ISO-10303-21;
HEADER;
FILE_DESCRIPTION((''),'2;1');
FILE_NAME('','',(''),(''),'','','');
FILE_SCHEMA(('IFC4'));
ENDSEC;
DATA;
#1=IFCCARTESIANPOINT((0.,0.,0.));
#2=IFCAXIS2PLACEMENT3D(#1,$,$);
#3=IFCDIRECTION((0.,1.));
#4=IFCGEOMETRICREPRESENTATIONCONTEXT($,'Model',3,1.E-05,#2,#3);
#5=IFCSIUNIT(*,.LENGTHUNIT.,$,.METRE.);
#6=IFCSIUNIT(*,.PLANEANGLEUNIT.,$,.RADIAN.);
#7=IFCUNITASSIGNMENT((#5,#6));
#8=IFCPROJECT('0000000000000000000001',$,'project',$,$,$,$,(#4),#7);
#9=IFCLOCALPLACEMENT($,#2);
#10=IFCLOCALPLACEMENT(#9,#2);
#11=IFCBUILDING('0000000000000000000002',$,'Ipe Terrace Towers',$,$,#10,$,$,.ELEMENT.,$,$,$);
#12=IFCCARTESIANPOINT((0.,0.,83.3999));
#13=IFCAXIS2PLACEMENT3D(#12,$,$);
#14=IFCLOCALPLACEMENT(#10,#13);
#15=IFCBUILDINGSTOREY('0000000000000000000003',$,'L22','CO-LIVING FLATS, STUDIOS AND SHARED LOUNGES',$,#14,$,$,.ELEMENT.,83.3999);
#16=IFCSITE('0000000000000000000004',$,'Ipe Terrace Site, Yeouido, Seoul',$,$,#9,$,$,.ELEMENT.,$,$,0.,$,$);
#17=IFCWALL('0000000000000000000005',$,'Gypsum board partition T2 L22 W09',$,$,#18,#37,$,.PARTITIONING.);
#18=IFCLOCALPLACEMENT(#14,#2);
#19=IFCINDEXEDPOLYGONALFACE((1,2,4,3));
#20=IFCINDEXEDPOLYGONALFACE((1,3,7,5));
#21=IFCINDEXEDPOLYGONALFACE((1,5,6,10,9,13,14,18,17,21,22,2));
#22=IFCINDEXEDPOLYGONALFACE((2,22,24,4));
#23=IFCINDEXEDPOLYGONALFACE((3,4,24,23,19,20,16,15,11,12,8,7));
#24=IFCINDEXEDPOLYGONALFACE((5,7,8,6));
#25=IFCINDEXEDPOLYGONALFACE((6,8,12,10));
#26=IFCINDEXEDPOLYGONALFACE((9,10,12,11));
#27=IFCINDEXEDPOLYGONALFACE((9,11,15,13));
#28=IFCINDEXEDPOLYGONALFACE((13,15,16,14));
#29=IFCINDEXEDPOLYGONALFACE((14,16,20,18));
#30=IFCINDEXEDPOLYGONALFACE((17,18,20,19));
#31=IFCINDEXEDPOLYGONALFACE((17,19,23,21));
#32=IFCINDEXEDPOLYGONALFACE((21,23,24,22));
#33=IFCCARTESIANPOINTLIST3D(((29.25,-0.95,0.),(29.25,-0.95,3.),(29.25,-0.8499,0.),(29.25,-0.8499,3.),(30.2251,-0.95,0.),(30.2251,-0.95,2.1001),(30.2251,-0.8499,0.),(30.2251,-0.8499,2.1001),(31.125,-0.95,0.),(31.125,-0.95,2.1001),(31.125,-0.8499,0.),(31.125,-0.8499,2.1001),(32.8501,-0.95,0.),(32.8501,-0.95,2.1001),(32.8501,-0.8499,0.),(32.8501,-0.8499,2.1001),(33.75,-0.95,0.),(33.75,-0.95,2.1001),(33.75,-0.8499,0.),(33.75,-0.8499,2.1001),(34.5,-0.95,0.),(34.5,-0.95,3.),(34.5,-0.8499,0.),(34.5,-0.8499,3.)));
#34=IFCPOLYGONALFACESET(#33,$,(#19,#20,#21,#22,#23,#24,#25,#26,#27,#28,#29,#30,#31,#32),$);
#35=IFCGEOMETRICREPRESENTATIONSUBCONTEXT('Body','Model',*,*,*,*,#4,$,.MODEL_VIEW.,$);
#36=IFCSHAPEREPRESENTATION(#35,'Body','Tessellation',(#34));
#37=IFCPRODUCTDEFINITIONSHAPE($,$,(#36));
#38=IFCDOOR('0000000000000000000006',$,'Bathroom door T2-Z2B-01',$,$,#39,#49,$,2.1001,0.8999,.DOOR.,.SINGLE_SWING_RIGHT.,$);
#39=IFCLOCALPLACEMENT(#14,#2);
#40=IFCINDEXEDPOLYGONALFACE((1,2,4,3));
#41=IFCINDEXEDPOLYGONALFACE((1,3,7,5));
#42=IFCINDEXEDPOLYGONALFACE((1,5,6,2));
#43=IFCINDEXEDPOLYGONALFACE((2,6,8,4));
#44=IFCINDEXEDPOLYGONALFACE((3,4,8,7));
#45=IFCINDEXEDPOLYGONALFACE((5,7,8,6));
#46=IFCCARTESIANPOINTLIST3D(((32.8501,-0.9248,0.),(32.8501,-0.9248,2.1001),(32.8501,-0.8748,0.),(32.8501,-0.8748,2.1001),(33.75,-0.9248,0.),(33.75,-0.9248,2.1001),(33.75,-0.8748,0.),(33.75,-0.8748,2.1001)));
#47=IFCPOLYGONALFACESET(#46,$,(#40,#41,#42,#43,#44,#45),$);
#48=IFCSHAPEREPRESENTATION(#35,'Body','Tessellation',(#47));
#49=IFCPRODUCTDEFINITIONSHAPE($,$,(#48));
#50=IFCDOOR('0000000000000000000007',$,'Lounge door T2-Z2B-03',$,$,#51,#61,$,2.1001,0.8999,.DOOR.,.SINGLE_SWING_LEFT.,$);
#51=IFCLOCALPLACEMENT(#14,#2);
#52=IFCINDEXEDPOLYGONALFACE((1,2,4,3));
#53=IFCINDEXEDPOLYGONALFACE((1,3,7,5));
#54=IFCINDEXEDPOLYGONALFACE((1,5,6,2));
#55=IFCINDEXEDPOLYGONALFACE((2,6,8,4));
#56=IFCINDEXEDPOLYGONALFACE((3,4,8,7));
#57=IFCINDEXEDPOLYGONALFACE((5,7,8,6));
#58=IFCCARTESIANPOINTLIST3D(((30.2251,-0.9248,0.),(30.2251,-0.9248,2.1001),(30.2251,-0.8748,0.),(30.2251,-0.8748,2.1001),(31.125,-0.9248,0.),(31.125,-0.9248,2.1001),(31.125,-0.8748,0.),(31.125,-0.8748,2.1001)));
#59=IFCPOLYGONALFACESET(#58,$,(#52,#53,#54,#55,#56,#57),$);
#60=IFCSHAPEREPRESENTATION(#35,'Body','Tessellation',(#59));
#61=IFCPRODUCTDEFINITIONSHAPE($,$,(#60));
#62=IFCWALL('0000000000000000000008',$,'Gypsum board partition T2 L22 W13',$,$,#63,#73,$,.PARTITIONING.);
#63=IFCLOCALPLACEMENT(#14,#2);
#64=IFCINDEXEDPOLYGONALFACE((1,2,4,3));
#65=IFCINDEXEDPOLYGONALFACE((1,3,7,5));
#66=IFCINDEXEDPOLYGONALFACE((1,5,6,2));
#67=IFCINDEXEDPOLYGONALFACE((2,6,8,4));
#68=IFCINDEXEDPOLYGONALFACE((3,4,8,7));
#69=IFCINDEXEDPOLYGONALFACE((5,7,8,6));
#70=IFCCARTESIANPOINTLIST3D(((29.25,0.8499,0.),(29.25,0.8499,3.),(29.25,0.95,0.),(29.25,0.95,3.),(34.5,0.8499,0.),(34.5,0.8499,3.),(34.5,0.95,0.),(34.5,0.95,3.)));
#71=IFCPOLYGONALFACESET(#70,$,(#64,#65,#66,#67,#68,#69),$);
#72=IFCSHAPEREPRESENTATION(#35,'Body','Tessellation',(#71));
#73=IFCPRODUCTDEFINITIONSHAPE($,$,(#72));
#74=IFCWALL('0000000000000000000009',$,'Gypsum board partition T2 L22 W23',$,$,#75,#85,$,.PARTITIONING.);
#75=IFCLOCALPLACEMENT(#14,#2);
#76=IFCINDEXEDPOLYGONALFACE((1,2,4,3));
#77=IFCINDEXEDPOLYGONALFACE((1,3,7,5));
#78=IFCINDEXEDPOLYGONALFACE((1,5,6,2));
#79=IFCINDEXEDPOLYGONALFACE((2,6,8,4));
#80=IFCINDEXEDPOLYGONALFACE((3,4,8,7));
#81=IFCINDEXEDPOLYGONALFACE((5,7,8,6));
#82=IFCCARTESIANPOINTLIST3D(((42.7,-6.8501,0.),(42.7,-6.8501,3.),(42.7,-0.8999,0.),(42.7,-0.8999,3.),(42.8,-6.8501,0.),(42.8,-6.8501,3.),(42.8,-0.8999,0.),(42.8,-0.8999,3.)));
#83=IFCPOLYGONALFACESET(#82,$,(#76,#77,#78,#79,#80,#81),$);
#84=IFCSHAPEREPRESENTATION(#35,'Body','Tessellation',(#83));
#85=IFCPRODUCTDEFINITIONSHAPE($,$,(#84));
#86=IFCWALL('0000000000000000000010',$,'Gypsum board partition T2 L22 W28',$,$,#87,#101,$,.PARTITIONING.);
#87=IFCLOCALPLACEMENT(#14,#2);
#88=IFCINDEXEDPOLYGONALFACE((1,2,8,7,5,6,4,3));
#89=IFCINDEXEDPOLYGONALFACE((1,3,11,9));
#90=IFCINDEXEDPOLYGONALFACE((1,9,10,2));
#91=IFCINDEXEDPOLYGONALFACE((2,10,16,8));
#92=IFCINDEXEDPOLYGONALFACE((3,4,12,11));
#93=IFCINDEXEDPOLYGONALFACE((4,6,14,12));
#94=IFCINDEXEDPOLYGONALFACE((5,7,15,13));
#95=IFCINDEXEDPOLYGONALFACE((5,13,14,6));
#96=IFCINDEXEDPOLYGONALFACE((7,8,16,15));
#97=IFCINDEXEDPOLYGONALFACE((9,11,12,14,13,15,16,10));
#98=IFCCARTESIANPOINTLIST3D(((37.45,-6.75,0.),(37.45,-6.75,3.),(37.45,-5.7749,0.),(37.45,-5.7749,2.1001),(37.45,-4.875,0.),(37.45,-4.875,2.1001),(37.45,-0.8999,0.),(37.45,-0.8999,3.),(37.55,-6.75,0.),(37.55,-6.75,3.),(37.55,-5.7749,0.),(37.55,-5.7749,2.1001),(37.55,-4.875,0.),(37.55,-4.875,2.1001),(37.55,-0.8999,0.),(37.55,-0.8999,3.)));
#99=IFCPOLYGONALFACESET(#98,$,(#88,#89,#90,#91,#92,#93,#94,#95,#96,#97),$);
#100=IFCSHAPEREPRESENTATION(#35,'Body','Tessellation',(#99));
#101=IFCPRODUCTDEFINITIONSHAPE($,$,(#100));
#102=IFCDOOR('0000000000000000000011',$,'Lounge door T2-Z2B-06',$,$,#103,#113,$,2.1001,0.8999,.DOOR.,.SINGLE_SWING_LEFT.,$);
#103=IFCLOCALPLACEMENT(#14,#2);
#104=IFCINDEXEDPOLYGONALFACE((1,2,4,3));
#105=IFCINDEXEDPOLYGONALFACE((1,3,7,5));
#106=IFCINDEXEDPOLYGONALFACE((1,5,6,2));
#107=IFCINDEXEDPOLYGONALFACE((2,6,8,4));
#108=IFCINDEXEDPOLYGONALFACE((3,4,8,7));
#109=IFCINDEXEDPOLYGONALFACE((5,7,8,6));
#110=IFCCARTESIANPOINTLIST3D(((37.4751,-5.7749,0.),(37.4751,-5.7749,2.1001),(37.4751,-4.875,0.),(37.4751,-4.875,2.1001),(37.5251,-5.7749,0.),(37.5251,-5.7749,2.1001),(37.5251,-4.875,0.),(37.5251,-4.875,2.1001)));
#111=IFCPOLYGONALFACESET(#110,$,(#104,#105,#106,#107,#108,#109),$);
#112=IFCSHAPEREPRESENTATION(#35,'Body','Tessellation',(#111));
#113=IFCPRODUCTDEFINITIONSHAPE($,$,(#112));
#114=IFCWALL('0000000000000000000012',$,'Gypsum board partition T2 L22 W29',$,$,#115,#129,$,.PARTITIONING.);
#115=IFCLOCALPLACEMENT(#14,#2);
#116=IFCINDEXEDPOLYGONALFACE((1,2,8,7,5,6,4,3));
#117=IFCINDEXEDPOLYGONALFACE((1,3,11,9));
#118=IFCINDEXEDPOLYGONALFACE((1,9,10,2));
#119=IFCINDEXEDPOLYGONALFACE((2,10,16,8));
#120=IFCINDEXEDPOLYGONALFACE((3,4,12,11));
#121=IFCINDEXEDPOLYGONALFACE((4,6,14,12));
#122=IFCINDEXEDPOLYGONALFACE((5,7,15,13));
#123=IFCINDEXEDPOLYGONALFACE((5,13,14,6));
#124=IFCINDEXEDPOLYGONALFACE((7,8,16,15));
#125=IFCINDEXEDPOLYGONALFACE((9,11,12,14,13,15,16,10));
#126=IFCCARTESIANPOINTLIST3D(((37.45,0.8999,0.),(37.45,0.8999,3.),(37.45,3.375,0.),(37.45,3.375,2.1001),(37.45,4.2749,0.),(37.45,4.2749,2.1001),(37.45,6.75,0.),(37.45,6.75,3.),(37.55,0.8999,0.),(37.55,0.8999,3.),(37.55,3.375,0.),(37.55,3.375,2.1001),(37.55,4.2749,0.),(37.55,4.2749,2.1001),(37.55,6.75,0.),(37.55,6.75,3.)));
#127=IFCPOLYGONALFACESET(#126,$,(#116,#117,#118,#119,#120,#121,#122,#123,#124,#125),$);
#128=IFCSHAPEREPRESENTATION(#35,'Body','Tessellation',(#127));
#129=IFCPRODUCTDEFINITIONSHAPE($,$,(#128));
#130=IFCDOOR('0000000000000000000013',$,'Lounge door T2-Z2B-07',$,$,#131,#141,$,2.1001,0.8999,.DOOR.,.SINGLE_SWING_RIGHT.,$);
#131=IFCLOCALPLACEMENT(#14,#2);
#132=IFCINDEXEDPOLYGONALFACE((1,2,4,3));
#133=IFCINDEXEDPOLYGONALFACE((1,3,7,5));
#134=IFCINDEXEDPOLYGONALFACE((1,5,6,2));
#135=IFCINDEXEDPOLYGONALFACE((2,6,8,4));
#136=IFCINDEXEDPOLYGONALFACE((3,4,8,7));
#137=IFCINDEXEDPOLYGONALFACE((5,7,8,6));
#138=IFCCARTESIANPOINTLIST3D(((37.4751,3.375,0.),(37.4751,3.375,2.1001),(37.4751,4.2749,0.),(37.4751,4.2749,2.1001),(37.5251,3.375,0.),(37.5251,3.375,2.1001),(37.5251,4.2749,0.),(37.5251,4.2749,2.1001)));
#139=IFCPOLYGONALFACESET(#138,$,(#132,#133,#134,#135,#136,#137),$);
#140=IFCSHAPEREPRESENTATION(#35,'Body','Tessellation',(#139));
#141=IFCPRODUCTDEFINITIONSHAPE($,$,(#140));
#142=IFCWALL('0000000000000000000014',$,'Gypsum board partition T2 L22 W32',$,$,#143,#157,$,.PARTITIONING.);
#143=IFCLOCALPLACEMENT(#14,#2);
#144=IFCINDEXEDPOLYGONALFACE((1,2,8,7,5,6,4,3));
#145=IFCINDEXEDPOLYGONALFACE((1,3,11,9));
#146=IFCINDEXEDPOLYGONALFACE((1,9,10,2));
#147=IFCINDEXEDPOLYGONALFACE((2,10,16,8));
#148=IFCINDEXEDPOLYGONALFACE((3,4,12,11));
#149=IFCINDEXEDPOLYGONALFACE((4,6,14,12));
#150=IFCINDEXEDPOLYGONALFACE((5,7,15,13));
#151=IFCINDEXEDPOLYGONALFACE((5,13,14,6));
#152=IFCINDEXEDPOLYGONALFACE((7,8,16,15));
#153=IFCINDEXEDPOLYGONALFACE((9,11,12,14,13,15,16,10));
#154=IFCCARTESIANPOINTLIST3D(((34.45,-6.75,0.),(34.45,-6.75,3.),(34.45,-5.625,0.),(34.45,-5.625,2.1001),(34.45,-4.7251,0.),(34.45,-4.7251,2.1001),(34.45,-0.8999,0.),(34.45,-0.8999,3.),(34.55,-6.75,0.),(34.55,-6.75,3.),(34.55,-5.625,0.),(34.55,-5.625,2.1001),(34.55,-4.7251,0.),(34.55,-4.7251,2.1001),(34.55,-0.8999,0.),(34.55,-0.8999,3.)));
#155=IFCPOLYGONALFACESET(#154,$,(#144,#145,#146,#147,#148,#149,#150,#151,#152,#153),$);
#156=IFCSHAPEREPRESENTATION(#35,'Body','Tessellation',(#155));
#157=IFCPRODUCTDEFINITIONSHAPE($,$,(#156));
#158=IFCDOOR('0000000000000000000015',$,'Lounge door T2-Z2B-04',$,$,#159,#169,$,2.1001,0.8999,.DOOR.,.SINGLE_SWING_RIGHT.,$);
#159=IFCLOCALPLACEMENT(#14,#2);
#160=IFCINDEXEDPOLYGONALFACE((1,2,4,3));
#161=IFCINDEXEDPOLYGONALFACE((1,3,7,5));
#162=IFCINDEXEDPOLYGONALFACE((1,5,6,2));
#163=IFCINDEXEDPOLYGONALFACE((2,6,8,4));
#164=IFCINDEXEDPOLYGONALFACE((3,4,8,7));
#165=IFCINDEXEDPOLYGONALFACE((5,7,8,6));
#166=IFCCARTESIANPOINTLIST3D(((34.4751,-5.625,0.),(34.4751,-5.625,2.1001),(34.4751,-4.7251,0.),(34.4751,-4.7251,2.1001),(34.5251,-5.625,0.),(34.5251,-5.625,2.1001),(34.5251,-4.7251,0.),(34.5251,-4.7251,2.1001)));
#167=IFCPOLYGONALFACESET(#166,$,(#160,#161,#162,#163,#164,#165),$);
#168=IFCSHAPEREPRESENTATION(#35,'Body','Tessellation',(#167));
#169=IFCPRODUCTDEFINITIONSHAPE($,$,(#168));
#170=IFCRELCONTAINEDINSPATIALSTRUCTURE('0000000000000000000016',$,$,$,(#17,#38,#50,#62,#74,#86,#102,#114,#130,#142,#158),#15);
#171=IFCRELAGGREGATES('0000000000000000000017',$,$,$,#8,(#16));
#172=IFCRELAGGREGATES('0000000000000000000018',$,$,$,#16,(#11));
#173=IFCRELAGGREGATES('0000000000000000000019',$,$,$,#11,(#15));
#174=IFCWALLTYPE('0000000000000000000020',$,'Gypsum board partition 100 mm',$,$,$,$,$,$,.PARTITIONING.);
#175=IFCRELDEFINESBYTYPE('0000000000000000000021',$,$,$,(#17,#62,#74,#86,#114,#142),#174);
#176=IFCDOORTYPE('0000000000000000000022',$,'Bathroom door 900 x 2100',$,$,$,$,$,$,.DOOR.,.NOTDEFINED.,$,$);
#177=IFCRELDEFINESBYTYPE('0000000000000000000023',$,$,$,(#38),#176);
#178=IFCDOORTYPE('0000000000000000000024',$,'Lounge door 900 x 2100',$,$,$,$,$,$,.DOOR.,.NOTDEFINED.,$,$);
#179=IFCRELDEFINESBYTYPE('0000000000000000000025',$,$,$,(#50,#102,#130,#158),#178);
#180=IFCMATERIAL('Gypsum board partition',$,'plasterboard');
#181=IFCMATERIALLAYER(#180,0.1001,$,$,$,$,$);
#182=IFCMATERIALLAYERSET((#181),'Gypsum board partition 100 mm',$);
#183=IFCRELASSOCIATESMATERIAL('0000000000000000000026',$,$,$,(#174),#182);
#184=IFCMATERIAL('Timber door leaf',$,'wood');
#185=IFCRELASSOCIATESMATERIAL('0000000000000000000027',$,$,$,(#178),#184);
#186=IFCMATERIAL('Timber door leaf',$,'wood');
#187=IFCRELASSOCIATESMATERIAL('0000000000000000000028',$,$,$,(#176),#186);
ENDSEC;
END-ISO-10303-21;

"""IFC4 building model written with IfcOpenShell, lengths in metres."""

from ifc_helpers import new_model, si_unit, direction, frame, frame_2d, origin, place, context, subcontext, project, spatial, rectangle, extrude, material, layer, layer_set, type_object, element, fill, save


model = new_model("IFC4")

# Units and contexts
model_context = context("Model", 3, precision=1e-05, world=origin(), true_north=direction((0.0, 1.0)))
body_context = subcontext(model_context, "Body", "Model", "MODEL_VIEW")
ifc_project = project(units=[si_unit("LENGTHUNIT", "METRE"), si_unit("PLANEANGLEUNIT", "RADIAN")], contexts=[model_context])

# Site, building, storey
site_placement = place(None, origin())
site = spatial("IfcSite", under=ifc_project, at=site_placement, Name="Ipe Terrace Site, Yeouido, Seoul", CompositionType="ELEMENT", RefElevation=0.0)
building_placement = place(site_placement, origin())
building = spatial("IfcBuilding", under=site, at=building_placement, Name="Ipe Terrace Towers", CompositionType="ELEMENT")
storey_placement = place(building_placement, frame((0.0, 0.0, 83.3999)))
storey = spatial("IfcBuildingStorey", under=building, at=storey_placement, Name="L22", Description="CO-LIVING FLATS, STUDIOS AND SHARED LOUNGES", CompositionType="ELEMENT", Elevation=83.3999)

# Shared definitions
ifc_material_1 = material(Name="Gypsum board partition", Category="plasterboard")
ifc_layer_1 = layer(ifc_material_1, 0.1001)
ifc_layer_set_1 = layer_set([ifc_layer_1], Name="Gypsum board partition 100 mm")
wall_type_1 = type_object("IfcWallType", Name="Gypsum board partition 100 mm", PredefinedType="PARTITIONING", material=ifc_layer_set_1)

# Shared definitions
ifc_material_2 = material(Name="Timber door leaf", Category="wood")
door_type_1 = type_object("IfcDoorType", Name="Lounge door 900 x 2100", OperationType="NOTDEFINED", PredefinedType="DOOR", material=ifc_material_2)

# Wall, openings, doors
wall_1_placement = place(storey_placement, frame((34.5, -0.8999, 0.0), z_axis=(0.0, 0.0, 1.0), x_axis=(-1.0, 0.0, 0.0)))
wall_1 = element("IfcWall", 1, at=wall_1_placement, inside=storey, type_object=wall_type_1, Name="Gypsum board partition T2 L22 W09", PredefinedType="PARTITIONING", context=body_context, shape_type="SweptSolid", body=[
    extrude(rectangle(XDim=5.25, YDim=0.1001, at=frame_2d((2.625, 0.0))), origin(), (0.0, 0.0, 1.0), 3.0),
])
opening_1_placement = place(wall_1_placement, frame((0.75, 0.0, 0.0)))
opening_1 = element("IfcOpeningElement", 2, at=opening_1_placement, cuts=wall_1, PredefinedType="OPENING", context=body_context, shape_type="SweptSolid", body=[
    extrude(rectangle(XDim=0.8999, YDim=2.1001, at=frame_2d((0.45, 1.05))), frame((0.0, 0.0601, 0.0), z_axis=(0.0, -1.0, 0.0), x_axis=(1.0, 0.0, 0.0)), (0.0, 0.0, 1.0), 0.1201),
])
opening_2_placement = place(wall_1_placement, frame((3.375, 0.0, 0.0)))
opening_2 = element("IfcOpeningElement", 3, at=opening_2_placement, cuts=wall_1, PredefinedType="OPENING", context=body_context, shape_type="SweptSolid", body=[
    extrude(rectangle(XDim=0.8999, YDim=2.1001, at=frame_2d((0.45, 1.05))), frame((0.0, 0.0601, 0.0), z_axis=(0.0, -1.0, 0.0), x_axis=(1.0, 0.0, 0.0)), (0.0, 0.0, 1.0), 0.1201),
])
ifc_material_3 = material(Name="Timber door leaf", Category="wood")
door_type_2 = type_object("IfcDoorType", Name="Bathroom door 900 x 2100", OperationType="NOTDEFINED", PredefinedType="DOOR", material=ifc_material_3)
door_1_placement = place(opening_1_placement, origin())
door_1 = element("IfcDoor", 4, at=door_1_placement, inside=storey, type_object=door_type_2, Name="Bathroom door T2-Z2B-01", OperationType="SINGLE_SWING_RIGHT", OverallHeight=2.1001, OverallWidth=0.8999, PredefinedType="DOOR", context=body_context, shape_type="SweptSolid", body=[
    extrude(rectangle(XDim=0.8999, YDim=2.1001, at=frame_2d((0.45, 1.05))), frame((0.0, 0.0249, 0.0), z_axis=(0.0, -1.0, 0.0), x_axis=(1.0, 0.0, 0.0)), (0.0, 0.0, 1.0), 0.05),
])
fill(opening_1, door_1)
door_2_placement = place(opening_2_placement, origin())
door_2 = element("IfcDoor", 5, at=door_2_placement, inside=storey, type_object=door_type_1, Name="Lounge door T2-Z2B-03", OperationType="SINGLE_SWING_LEFT", OverallHeight=2.1001, OverallWidth=0.8999, PredefinedType="DOOR", context=body_context, shape_type="SweptSolid", body=[
    extrude(rectangle(XDim=0.8999, YDim=2.1001, at=frame_2d((0.45, 1.05))), frame((0.0, 0.0249, 0.0), z_axis=(0.0, -1.0, 0.0), x_axis=(1.0, 0.0, 0.0)), (0.0, 0.0, 1.0), 0.05),
])
fill(opening_2, door_2)

# Walls
wall_2_placement = place(storey_placement, frame((34.5, 0.8999, 0.0), z_axis=(0.0, 0.0, 1.0), x_axis=(-1.0, 0.0, 0.0)))
element("IfcWall", 6, at=wall_2_placement, inside=storey, type_object=wall_type_1, Name="Gypsum board partition T2 L22 W13", PredefinedType="PARTITIONING", context=body_context, shape_type="SweptSolid", body=[
    extrude(rectangle(XDim=5.25, YDim=0.1001, at=frame_2d((2.625, 0.0))), origin(), (0.0, 0.0, 1.0), 3.0),
])
wall_3_placement = place(storey_placement, frame((42.75, -6.8501, 0.0), z_axis=(0.0, 0.0, 1.0), x_axis=(0.0, 1.0, 0.0)))
element("IfcWall", 7, at=wall_3_placement, inside=storey, type_object=wall_type_1, Name="Gypsum board partition T2 L22 W23", PredefinedType="PARTITIONING", context=body_context, shape_type="SweptSolid", body=[
    extrude(rectangle(XDim=5.9502, YDim=0.1001, at=frame_2d((2.9751, 0.0))), origin(), (0.0, 0.0, 1.0), 3.0),
])

# Walls, openings, doors
wall_4_placement = place(storey_placement, frame((37.5, -6.75, 0.0), z_axis=(0.0, 0.0, 1.0), x_axis=(0.0, 1.0, 0.0)))
wall_4 = element("IfcWall", 8, at=wall_4_placement, inside=storey, type_object=wall_type_1, Name="Gypsum board partition T2 L22 W28", PredefinedType="PARTITIONING", context=body_context, shape_type="SweptSolid", body=[
    extrude(rectangle(XDim=5.8501, YDim=0.1001, at=frame_2d((2.925, 0.0))), origin(), (0.0, 0.0, 1.0), 3.0),
])
opening_3_placement = place(wall_4_placement, frame((0.9751, 0.0, 0.0)))
opening_3 = element("IfcOpeningElement", 9, at=opening_3_placement, cuts=wall_4, PredefinedType="OPENING", context=body_context, shape_type="SweptSolid", body=[
    extrude(rectangle(XDim=0.8999, YDim=2.1001, at=frame_2d((0.45, 1.05))), frame((0.0, 0.0601, 0.0), z_axis=(0.0, -1.0, 0.0), x_axis=(1.0, 0.0, 0.0)), (0.0, 0.0, 1.0), 0.1201),
])
door_3_placement = place(opening_3_placement, origin())
door_3 = element("IfcDoor", 10, at=door_3_placement, inside=storey, type_object=door_type_1, Name="Lounge door T2-Z2B-06", OperationType="SINGLE_SWING_LEFT", OverallHeight=2.1001, OverallWidth=0.8999, PredefinedType="DOOR", context=body_context, shape_type="SweptSolid", body=[
    extrude(rectangle(XDim=0.8999, YDim=2.1001, at=frame_2d((0.45, 1.05))), frame((0.0, 0.0249, 0.0), z_axis=(0.0, -1.0, 0.0), x_axis=(1.0, 0.0, 0.0)), (0.0, 0.0, 1.0), 0.05),
])
fill(opening_3, door_3)
wall_5_placement = place(storey_placement, frame((37.5, 0.8999, 0.0), z_axis=(0.0, 0.0, 1.0), x_axis=(0.0, 1.0, 0.0)))
wall_5 = element("IfcWall", 11, at=wall_5_placement, inside=storey, type_object=wall_type_1, Name="Gypsum board partition T2 L22 W29", PredefinedType="PARTITIONING", context=body_context, shape_type="SweptSolid", body=[
    extrude(rectangle(XDim=5.8501, YDim=0.1001, at=frame_2d((2.925, 0.0))), origin(), (0.0, 0.0, 1.0), 3.0),
])
opening_4_placement = place(wall_5_placement, frame((2.4751, 0.0, 0.0)))
opening_4 = element("IfcOpeningElement", 12, at=opening_4_placement, cuts=wall_5, PredefinedType="OPENING", context=body_context, shape_type="SweptSolid", body=[
    extrude(rectangle(XDim=0.8999, YDim=2.1001, at=frame_2d((0.45, 1.05))), frame((0.0, 0.0601, 0.0), z_axis=(0.0, -1.0, 0.0), x_axis=(1.0, 0.0, 0.0)), (0.0, 0.0, 1.0), 0.1201),
])
door_4_placement = place(opening_4_placement, origin())
door_4 = element("IfcDoor", 13, at=door_4_placement, inside=storey, type_object=door_type_1, Name="Lounge door T2-Z2B-07", OperationType="SINGLE_SWING_RIGHT", OverallHeight=2.1001, OverallWidth=0.8999, PredefinedType="DOOR", context=body_context, shape_type="SweptSolid", body=[
    extrude(rectangle(XDim=0.8999, YDim=2.1001, at=frame_2d((0.45, 1.05))), frame((0.0, 0.0249, 0.0), z_axis=(0.0, -1.0, 0.0), x_axis=(1.0, 0.0, 0.0)), (0.0, 0.0, 1.0), 0.05),
])
fill(opening_4, door_4)
wall_6_placement = place(storey_placement, frame((34.5, -6.75, 0.0), z_axis=(0.0, 0.0, 1.0), x_axis=(0.0, 1.0, 0.0)))
wall_6 = element("IfcWall", 14, at=wall_6_placement, inside=storey, type_object=wall_type_1, Name="Gypsum board partition T2 L22 W32", PredefinedType="PARTITIONING", context=body_context, shape_type="SweptSolid", body=[
    extrude(rectangle(XDim=5.8501, YDim=0.1001, at=frame_2d((2.925, 0.0))), origin(), (0.0, 0.0, 1.0), 3.0),
])
opening_5_placement = place(wall_6_placement, frame((1.125, 0.0, 0.0)))
opening_5 = element("IfcOpeningElement", 15, at=opening_5_placement, cuts=wall_6, PredefinedType="OPENING", context=body_context, shape_type="SweptSolid", body=[
    extrude(rectangle(XDim=0.8999, YDim=2.1001, at=frame_2d((0.45, 1.05))), frame((0.0, 0.0601, 0.0), z_axis=(0.0, -1.0, 0.0), x_axis=(1.0, 0.0, 0.0)), (0.0, 0.0, 1.0), 0.1201),
])
door_5_placement = place(opening_5_placement, origin())
door_5 = element("IfcDoor", 16, at=door_5_placement, inside=storey, type_object=door_type_1, Name="Lounge door T2-Z2B-04", OperationType="SINGLE_SWING_RIGHT", OverallHeight=2.1001, OverallWidth=0.8999, PredefinedType="DOOR", context=body_context, shape_type="SweptSolid", body=[
    extrude(rectangle(XDim=0.8999, YDim=2.1001, at=frame_2d((0.45, 1.05))), frame((0.0, 0.0249, 0.0), z_axis=(0.0, -1.0, 0.0), x_axis=(1.0, 0.0, 0.0)), (0.0, 0.0, 1.0), 0.05),
])
fill(opening_5, door_5)

save(model, "model.ifc")
